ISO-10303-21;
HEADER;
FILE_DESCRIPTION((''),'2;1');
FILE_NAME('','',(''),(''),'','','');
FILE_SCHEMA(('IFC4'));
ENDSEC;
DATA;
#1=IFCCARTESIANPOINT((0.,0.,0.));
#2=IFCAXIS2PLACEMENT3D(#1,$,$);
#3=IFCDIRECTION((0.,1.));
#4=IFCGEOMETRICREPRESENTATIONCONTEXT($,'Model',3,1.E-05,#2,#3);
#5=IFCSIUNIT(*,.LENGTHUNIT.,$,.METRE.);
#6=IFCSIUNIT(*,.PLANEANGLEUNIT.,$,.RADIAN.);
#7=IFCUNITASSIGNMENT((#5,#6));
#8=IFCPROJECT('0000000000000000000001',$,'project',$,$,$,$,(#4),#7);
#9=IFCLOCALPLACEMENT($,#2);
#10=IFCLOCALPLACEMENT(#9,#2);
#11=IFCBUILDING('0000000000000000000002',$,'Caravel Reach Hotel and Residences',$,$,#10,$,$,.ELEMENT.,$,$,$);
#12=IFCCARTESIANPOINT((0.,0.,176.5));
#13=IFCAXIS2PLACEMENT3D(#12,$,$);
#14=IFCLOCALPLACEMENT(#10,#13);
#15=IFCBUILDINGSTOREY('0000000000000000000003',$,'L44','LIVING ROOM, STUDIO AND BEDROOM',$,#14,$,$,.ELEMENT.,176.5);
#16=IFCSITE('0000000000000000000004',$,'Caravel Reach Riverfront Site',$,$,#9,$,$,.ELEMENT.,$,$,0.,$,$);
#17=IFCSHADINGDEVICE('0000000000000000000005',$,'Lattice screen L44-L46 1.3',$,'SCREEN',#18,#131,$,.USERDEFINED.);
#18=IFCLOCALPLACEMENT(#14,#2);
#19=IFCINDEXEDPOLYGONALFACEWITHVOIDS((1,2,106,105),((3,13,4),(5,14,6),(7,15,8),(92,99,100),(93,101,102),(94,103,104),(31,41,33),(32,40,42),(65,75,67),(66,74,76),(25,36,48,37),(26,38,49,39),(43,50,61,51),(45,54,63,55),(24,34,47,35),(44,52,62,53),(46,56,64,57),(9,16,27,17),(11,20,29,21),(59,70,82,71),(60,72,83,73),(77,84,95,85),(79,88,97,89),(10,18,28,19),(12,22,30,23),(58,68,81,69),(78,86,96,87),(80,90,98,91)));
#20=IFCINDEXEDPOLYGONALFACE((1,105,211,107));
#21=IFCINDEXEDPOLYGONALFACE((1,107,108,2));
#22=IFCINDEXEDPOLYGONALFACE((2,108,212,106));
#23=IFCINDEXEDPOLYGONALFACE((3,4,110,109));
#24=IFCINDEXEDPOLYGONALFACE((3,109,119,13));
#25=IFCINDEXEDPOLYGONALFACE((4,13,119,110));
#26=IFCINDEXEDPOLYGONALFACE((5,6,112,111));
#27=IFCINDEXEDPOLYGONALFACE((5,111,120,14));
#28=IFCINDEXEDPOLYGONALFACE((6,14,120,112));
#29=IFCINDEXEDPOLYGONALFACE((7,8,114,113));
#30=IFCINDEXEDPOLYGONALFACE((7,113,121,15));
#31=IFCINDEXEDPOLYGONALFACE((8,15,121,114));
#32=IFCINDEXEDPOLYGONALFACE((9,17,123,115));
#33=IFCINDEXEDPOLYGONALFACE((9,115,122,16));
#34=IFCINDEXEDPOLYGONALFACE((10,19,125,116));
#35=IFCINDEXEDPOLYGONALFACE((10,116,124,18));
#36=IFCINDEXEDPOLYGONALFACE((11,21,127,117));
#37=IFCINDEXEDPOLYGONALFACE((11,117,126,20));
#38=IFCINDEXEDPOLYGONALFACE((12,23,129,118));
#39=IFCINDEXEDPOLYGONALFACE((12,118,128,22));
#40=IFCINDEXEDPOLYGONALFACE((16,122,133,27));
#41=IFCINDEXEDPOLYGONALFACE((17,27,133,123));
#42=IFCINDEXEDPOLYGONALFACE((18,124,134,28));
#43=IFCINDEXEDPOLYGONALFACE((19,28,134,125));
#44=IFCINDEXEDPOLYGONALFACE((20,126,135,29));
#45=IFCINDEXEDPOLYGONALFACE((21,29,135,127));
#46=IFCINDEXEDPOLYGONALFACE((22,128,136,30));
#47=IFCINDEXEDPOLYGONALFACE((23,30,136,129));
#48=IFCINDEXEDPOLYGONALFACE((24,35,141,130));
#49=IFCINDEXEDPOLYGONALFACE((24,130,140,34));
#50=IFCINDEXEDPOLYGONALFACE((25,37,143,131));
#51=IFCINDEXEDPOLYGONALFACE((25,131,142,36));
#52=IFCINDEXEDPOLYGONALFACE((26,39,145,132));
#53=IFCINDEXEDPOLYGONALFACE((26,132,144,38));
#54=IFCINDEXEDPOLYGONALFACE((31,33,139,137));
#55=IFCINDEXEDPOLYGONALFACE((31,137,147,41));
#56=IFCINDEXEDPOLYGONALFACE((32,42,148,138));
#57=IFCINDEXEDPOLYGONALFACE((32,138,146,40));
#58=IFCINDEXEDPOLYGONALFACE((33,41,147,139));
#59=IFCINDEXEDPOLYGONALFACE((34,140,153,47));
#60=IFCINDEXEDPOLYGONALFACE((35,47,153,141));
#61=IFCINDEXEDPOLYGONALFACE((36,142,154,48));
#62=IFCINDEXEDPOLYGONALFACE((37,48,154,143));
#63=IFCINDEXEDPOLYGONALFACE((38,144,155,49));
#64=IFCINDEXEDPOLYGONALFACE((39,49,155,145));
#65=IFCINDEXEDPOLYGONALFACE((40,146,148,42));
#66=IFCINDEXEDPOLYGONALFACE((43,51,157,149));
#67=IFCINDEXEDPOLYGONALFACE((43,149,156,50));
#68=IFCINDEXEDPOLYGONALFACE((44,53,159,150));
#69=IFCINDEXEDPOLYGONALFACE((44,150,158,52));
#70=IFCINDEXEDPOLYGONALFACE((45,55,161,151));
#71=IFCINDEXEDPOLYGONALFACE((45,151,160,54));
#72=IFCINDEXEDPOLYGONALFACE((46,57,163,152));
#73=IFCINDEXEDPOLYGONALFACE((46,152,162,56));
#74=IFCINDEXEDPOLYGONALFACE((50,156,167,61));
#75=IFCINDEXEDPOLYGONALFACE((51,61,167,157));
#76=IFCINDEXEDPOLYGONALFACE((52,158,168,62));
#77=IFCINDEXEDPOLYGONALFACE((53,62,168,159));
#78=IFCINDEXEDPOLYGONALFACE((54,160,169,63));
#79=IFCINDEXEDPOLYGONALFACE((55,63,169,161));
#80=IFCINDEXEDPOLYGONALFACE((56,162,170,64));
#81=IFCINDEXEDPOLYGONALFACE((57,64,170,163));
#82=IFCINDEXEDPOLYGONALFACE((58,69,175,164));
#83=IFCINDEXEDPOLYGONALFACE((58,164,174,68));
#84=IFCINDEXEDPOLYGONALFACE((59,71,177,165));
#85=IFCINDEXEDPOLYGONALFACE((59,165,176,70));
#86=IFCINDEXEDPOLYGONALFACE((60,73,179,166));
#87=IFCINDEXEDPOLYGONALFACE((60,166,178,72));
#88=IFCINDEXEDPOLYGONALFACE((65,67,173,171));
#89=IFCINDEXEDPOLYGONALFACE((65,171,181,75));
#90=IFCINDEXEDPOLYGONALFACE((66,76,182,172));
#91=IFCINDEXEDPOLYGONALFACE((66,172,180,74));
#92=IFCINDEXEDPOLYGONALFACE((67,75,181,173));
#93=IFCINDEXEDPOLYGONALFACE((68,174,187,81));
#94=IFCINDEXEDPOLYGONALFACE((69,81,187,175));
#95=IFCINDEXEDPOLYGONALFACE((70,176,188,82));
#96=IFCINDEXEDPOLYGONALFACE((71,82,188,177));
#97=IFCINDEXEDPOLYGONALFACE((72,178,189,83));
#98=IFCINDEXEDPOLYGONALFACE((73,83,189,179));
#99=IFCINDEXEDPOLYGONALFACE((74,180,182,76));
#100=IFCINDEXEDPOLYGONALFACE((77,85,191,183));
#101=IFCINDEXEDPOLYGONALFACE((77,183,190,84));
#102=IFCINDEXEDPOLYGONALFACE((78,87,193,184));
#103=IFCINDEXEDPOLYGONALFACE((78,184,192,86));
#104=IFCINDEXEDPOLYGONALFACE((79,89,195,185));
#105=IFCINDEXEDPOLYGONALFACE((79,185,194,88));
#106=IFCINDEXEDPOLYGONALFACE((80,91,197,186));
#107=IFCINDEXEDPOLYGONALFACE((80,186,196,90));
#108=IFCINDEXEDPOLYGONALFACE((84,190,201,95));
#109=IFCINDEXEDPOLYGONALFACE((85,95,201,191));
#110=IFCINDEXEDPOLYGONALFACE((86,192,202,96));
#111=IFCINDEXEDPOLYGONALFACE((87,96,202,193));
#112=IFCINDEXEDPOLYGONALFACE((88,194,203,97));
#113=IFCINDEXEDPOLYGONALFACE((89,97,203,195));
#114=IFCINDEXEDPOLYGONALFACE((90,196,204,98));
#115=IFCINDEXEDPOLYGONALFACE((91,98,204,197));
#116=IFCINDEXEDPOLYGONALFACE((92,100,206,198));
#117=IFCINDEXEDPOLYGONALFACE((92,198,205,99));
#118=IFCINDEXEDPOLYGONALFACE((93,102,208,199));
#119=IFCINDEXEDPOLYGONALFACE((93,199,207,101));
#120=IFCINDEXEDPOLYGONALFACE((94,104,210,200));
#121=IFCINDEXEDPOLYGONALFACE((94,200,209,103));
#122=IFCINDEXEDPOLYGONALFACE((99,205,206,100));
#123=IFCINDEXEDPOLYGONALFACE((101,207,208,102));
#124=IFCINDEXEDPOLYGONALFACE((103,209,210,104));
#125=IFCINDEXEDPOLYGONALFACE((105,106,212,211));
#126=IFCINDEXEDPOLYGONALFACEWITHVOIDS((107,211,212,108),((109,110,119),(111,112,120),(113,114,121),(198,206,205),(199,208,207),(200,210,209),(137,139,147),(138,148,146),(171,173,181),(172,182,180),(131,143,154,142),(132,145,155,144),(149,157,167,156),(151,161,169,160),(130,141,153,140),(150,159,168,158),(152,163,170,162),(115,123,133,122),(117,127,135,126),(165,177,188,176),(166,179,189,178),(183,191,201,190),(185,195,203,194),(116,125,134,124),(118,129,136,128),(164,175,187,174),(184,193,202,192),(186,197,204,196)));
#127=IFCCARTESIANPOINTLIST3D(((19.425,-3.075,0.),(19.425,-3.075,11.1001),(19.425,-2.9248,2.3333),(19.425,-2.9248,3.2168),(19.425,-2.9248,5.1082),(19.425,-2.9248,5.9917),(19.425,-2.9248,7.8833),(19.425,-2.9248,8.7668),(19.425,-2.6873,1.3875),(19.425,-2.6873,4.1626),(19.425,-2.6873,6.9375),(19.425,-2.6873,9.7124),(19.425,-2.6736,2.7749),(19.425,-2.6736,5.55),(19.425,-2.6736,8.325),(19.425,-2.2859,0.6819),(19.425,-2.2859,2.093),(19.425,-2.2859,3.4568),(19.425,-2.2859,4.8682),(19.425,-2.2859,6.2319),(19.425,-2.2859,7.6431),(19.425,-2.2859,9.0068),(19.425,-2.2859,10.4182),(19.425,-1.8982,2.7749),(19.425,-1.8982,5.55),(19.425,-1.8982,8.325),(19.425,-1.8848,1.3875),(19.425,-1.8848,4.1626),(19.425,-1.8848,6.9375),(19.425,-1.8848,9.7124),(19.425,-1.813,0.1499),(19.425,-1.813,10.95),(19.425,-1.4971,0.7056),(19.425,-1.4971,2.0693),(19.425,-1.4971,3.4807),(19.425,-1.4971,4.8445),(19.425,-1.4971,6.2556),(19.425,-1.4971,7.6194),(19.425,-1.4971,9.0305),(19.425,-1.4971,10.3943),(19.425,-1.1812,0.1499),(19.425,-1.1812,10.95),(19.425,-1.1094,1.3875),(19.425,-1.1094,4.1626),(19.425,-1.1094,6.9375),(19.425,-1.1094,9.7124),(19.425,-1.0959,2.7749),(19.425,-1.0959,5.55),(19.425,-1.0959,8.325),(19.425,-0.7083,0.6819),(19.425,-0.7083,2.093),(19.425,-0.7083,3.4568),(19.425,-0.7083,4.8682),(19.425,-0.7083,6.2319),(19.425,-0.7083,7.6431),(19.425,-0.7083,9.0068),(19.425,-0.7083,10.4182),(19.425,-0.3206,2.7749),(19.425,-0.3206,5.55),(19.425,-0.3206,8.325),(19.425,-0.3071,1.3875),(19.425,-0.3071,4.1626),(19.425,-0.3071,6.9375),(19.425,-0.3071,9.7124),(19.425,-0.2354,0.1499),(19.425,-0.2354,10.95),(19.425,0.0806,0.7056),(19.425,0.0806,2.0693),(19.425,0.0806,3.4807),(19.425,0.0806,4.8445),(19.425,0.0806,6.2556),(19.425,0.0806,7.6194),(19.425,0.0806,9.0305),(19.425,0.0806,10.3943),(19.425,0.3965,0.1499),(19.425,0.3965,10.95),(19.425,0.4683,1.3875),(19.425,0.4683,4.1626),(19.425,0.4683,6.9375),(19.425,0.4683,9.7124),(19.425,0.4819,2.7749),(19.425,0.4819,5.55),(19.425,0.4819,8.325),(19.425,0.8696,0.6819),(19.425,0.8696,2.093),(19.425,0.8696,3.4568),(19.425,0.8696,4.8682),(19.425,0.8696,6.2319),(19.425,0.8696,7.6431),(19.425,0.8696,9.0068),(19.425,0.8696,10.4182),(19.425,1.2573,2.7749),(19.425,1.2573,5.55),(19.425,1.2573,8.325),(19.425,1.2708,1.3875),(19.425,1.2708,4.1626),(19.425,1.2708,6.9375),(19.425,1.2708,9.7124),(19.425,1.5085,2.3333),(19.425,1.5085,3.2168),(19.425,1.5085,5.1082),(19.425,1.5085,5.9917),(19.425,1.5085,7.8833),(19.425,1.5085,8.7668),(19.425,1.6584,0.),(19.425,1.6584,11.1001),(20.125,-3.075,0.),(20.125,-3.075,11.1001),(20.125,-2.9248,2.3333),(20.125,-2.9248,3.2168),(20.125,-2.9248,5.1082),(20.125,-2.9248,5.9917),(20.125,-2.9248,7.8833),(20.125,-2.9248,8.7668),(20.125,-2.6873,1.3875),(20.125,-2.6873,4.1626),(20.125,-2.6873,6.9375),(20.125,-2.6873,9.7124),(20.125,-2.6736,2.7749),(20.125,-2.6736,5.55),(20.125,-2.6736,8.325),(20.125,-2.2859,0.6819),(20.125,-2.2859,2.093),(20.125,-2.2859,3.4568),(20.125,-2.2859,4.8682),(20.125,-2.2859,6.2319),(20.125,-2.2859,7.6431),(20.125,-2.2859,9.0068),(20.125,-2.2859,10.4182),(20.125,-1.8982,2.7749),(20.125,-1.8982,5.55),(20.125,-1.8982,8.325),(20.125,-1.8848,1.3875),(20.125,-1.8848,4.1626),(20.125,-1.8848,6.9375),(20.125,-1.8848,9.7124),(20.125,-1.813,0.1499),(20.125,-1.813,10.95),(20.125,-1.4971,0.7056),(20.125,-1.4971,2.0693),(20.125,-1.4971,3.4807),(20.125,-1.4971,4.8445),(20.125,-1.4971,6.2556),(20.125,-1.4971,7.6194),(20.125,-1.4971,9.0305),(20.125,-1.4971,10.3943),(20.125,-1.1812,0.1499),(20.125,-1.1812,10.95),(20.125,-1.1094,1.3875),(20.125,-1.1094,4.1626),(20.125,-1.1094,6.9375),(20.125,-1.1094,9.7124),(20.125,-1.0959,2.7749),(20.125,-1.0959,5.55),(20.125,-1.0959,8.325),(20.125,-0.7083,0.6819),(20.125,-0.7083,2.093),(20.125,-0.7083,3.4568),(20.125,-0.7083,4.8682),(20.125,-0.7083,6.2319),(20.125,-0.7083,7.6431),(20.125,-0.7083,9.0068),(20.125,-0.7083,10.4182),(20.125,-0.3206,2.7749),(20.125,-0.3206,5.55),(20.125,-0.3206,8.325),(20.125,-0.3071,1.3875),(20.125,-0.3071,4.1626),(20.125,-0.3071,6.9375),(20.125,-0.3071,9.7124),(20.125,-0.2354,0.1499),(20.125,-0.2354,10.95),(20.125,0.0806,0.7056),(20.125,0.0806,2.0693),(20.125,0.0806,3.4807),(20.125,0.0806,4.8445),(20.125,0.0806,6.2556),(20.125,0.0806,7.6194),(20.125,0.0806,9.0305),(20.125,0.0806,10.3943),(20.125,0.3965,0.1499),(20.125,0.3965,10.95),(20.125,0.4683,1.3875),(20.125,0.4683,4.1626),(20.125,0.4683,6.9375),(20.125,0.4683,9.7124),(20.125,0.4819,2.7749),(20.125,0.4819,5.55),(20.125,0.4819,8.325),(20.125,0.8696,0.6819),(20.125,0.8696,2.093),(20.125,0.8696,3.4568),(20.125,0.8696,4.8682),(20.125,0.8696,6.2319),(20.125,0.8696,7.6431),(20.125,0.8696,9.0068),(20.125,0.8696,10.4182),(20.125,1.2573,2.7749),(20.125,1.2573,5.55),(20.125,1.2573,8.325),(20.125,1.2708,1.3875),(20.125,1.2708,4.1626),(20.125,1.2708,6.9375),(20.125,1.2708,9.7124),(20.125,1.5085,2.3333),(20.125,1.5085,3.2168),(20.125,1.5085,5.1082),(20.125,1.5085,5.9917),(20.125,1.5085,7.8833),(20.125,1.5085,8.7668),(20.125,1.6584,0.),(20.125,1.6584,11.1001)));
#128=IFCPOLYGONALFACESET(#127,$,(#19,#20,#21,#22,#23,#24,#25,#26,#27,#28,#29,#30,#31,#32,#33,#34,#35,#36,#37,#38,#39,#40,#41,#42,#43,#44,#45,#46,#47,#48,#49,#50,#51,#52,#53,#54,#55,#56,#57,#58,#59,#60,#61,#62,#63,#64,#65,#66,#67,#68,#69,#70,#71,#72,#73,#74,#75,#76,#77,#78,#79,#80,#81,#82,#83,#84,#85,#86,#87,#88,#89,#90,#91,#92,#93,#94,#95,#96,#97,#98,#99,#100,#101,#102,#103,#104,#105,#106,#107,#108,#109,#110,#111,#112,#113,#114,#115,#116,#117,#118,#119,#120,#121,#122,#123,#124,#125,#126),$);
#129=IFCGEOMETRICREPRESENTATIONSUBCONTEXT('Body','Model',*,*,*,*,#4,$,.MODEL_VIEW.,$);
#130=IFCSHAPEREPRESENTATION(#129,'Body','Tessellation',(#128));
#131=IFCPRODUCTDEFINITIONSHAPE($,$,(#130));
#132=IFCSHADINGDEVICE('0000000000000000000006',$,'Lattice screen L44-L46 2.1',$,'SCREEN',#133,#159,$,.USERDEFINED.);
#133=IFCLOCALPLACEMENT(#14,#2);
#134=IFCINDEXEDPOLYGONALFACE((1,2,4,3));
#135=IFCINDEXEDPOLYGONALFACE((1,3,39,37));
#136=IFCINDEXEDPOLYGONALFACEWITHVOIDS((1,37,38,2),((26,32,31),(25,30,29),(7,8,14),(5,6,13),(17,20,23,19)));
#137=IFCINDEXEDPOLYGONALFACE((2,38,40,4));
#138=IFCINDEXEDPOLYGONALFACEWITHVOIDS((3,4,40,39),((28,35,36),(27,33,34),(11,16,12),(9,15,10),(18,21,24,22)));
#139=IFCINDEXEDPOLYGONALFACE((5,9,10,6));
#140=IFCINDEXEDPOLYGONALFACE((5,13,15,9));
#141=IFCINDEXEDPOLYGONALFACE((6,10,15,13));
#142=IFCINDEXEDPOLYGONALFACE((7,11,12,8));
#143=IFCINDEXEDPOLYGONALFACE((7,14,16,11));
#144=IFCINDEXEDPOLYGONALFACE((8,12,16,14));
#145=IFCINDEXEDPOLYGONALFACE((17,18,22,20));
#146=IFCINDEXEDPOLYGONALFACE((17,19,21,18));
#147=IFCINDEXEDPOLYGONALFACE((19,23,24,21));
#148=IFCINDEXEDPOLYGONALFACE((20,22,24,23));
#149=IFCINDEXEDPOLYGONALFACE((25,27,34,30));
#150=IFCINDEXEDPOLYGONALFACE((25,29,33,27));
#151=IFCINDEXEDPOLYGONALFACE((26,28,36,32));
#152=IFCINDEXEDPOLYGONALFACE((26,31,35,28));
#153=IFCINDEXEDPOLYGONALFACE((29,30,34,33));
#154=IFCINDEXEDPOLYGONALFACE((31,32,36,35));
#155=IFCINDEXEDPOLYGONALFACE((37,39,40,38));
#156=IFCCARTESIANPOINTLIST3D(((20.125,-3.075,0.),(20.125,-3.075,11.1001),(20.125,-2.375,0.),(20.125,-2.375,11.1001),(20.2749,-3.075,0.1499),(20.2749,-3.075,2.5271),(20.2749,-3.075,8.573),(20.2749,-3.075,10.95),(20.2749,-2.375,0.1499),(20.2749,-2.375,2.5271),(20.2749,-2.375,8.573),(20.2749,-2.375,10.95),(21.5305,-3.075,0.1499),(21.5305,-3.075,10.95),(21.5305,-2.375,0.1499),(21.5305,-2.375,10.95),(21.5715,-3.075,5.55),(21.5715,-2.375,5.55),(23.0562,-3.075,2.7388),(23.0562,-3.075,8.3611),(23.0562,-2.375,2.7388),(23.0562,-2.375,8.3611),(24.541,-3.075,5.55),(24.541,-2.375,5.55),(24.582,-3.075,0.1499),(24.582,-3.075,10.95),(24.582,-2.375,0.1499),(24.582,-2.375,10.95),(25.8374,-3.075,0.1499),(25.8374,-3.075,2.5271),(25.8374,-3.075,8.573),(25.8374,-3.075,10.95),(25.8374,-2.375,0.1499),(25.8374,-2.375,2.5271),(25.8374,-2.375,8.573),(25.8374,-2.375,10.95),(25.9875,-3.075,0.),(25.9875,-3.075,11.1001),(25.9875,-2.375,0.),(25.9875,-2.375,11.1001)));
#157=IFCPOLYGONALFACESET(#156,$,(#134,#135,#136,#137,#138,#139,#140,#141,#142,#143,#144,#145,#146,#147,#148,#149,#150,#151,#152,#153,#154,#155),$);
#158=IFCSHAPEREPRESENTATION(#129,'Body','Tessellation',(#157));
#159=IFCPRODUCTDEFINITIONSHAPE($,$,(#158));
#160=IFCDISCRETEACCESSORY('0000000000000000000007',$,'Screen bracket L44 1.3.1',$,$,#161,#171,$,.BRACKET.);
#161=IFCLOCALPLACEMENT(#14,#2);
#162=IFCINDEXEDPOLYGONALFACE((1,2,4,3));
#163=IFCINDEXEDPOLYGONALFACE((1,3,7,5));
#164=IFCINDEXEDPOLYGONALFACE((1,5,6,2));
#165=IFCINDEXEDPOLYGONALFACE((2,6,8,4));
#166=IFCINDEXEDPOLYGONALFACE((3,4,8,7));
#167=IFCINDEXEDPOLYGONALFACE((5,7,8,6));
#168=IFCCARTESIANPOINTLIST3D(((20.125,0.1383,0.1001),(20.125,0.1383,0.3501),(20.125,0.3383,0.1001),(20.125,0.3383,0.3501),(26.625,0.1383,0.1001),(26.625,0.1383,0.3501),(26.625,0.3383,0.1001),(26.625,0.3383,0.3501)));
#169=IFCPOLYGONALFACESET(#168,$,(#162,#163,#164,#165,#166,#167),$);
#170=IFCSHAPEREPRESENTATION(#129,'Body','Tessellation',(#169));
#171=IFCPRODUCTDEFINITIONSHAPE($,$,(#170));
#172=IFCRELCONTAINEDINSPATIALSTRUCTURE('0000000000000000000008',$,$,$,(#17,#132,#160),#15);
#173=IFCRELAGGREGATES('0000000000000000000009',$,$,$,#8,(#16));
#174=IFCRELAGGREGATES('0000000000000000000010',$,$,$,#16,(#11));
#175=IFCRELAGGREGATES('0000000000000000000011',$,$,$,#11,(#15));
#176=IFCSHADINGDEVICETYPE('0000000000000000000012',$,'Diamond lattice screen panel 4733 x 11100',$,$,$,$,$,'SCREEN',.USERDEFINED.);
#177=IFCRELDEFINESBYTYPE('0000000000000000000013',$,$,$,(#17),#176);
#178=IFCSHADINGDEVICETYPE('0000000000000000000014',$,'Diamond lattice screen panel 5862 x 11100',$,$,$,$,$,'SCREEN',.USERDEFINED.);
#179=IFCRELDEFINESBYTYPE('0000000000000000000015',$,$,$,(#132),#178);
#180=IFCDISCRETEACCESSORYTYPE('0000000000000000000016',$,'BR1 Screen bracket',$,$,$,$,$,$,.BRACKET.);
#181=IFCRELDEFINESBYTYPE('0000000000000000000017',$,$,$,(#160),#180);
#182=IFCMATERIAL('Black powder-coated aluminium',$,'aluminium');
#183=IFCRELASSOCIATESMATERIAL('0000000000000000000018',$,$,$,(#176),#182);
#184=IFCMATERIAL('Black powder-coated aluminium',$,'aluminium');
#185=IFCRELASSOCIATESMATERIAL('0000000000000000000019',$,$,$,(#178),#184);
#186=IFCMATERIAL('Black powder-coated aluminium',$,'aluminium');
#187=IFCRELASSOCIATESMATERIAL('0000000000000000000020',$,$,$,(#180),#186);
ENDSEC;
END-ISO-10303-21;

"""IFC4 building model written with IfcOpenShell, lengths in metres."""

from ifc_helpers import new_model, si_unit, direction, frame, origin, origin_2d, place, context, subcontext, project, spatial, polyline, rectangle, outline, extrude, material, type_object, element, save


model = new_model("IFC4")

# Units and contexts
model_context = context("Model", 3, precision=1e-05, world=origin(), true_north=direction((0.0, 1.0)))
body_context = subcontext(model_context, "Body", "Model", "MODEL_VIEW")
ifc_project = project(units=[si_unit("LENGTHUNIT", "METRE"), si_unit("PLANEANGLEUNIT", "RADIAN")], contexts=[model_context])

# Site, building, storey
site_placement = place(None, origin())
site = spatial("IfcSite", under=ifc_project, at=site_placement, Name="Caravel Reach Riverfront Site", CompositionType="ELEMENT", RefElevation=0.0)
building_placement = place(site_placement, origin())
building = spatial("IfcBuilding", under=site, at=building_placement, Name="Caravel Reach Hotel and Residences", CompositionType="ELEMENT")
storey_placement = place(building_placement, frame((0.0, 0.0, 176.5)))
storey = spatial("IfcBuildingStorey", under=building, at=storey_placement, Name="L44", Description="LIVING ROOM, STUDIO AND BEDROOM", CompositionType="ELEMENT", Elevation=176.5)

# Shading devices
ifc_material_1 = material(Name="Black powder-coated aluminium", Category="aluminium")
shading_device_type_1 = type_object("IfcShadingDeviceType", Name="Diamond lattice screen panel 4733 x 11100", ElementType="SCREEN", PredefinedType="USERDEFINED", material=ifc_material_1)
shading_device_1_placement = place(storey_placement, frame((20.125, 1.6584, 0.0), z_axis=(-1.0, 0.0, 0.0), x_axis=(0.0, -1.0, 0.0)))
element("IfcShadingDevice", 1, at=shading_device_1_placement, inside=storey, type_object=shading_device_type_1, Name="Lattice screen L44-L46 1.3", ObjectType="SCREEN", PredefinedType="USERDEFINED", context=body_context, shape_type="SweptSolid", body=[
    extrude(outline(polyline([(0.0, 0.0), (4.7334, 0.0), (4.7334, 11.1001), (0.0, 11.1001), (0.0, 0.0)]), holes=[polyline([(0.4011, 2.7749), (0.1499, 3.2168), (0.1499, 2.3333), (0.4011, 2.7749)]), polyline([(0.4011, 5.55), (0.1499, 5.9917), (0.1499, 5.1082), (0.4011, 5.55)]), polyline([(0.4011, 8.325), (0.1499, 8.7668), (0.1499, 7.8833), (0.4011, 8.325)]), polyline([(0.7888, 2.093), (0.3877, 1.3875), (0.7888, 0.6819), (1.1902, 1.3875), (0.7888, 2.093)]), polyline([(0.7888, 4.8682), (0.3877, 4.1626), (0.7888, 3.4568), (1.1902, 4.1626), (0.7888, 4.8682)]), polyline([(0.7888, 7.6431), (0.3877, 6.9375), (0.7888, 6.2319), (1.1902, 6.9375), (0.7888, 7.6431)]), polyline([(0.7888, 10.4182), (0.3877, 9.7124), (0.7888, 9.0068), (1.1902, 9.7124), (0.7888, 10.4182)]), polyline([(1.5779, 0.7056), (1.262, 0.1499), (1.8938, 0.1499), (1.5779, 0.7056)]), polyline([(1.5779, 3.4807), (1.1765, 2.7749), (1.5779, 2.0693), (1.979, 2.7749), (1.5779, 3.4807)]), polyline([(1.5779, 6.2556), (1.1765, 5.55), (1.5779, 4.8445), (1.979, 5.55), (1.5779, 6.2556)]), polyline([(1.5779, 9.0305), (1.1765, 8.325), (1.5779, 7.6194), (1.979, 8.325), (1.5779, 9.0305)]), polyline([(1.5779, 10.3943), (1.8938, 10.95), (1.262, 10.95), (1.5779, 10.3943)]), polyline([(2.3667, 2.093), (1.9656, 1.3875), (2.3667, 0.6819), (2.7678, 1.3875), (2.3667, 2.093)]), polyline([(2.3667, 4.8682), (1.9656, 4.1626), (2.3667, 3.4568), (2.7678, 4.1626), (2.3667, 4.8682)]), polyline([(2.3667, 7.6431), (1.9656, 6.9375), (2.3667, 6.2319), (2.7678, 6.9375), (2.3667, 7.6431)]), polyline([(2.3667, 10.4182), (1.9656, 9.7124), (2.3667, 9.0068), (2.7678, 9.7124), (2.3667, 10.4182)]), polyline([(3.1555, 0.7056), (2.8396, 0.1499), (3.4714, 0.1499), (3.1555, 0.7056)]), polyline([(3.1555, 3.4807), (2.7544, 2.7749), (3.1555, 2.0693), (3.5566, 2.7749), (3.1555, 3.4807)]), polyline([(3.1555, 6.2556), (2.7544, 5.55), (3.1555, 4.8445), (3.5566, 5.55), (3.1555, 6.2556)]), polyline([(3.1555, 9.0305), (2.7544, 8.325), (3.1555, 7.6194), (3.5566, 8.325), (3.1555, 9.0305)]), polyline([(3.1555, 10.3943), (3.4714, 10.95), (2.8396, 10.95), (3.1555, 10.3943)]), polyline([(3.9443, 2.093), (3.5432, 1.3875), (3.9443, 0.6819), (4.3457, 1.3875), (3.9443, 2.093)]), polyline([(3.9443, 4.8682), (3.5432, 4.1626), (3.9443, 3.4568), (4.3457, 4.1626), (3.9443, 4.8682)]), polyline([(3.9443, 7.6431), (3.5432, 6.9375), (3.9443, 6.2319), (4.3457, 6.9375), (3.9443, 7.6431)]), polyline([(3.9443, 10.4182), (3.5432, 9.7124), (3.9443, 9.0068), (4.3457, 9.7124), (3.9443, 10.4182)]), polyline([(4.332, 2.7749), (4.5833, 2.3333), (4.5833, 3.2168), (4.332, 2.7749)]), polyline([(4.332, 5.55), (4.5833, 5.1082), (4.5833, 5.9917), (4.332, 5.55)]), polyline([(4.332, 8.325), (4.5833, 7.8833), (4.5833, 8.7668), (4.332, 8.325)])]), origin(), (0.0, 0.0, 1.0), 0.7),
])
ifc_material_2 = material(Name="Black powder-coated aluminium", Category="aluminium")
shading_device_type_2 = type_object("IfcShadingDeviceType", Name="Diamond lattice screen panel 5862 x 11100", ElementType="SCREEN", PredefinedType="USERDEFINED", material=ifc_material_2)
shading_device_2_placement = place(storey_placement, frame((20.125, -2.375, 0.0), z_axis=(0.0, -1.0, 0.0), x_axis=(1.0, 0.0, 0.0)))
element("IfcShadingDevice", 2, at=shading_device_2_placement, inside=storey, type_object=shading_device_type_2, Name="Lattice screen L44-L46 2.1", ObjectType="SCREEN", PredefinedType="USERDEFINED", context=body_context, shape_type="SweptSolid", body=[
    extrude(outline(polyline([(0.0, 0.0), (5.8625, 0.0), (5.8625, 11.1001), (0.0, 11.1001), (0.0, 0.0)]), holes=[polyline([(1.4055, 0.1499), (0.1499, 2.5271), (0.1499, 0.1499), (1.4055, 0.1499)]), polyline([(0.1499, 8.573), (1.4055, 10.95), (0.1499, 10.95), (0.1499, 8.573)]), polyline([(2.9312, 8.3611), (1.4465, 5.55), (2.9312, 2.7388), (4.416, 5.55), (2.9312, 8.3611)]), polyline([(5.7124, 2.5271), (4.457, 0.1499), (5.7124, 0.1499), (5.7124, 2.5271)]), polyline([(4.457, 10.95), (5.7124, 8.573), (5.7124, 10.95), (4.457, 10.95)])]), origin(), (0.0, 0.0, 1.0), 0.7),
])

# Discrete accessory
ifc_material_3 = material(Name="Black powder-coated aluminium", Category="aluminium")
discrete_accessory_type = type_object("IfcDiscreteAccessoryType", Name="BR1 Screen bracket", PredefinedType="BRACKET", material=ifc_material_3)
for number, where, z_axis, x_axis, name in (
    (3, (23.375, 0.2383, 0.1001), (0.0, 0.0, 1.0), (-1.0, 0.0, 0.0), "Screen bracket L44 1.3.1"),
):
    element("IfcDiscreteAccessory", number, at=place(storey_placement, frame(where, z_axis=z_axis, x_axis=x_axis)), inside=storey, type_object=discrete_accessory_type, Name=name, PredefinedType="BRACKET", context=body_context, shape_type="SweptSolid", body=[
        extrude(rectangle(XDim=6.5, YDim=0.2, at=origin_2d()), origin(), (0.0, 0.0, 1.0), 0.25),
    ])

save(model, "model.ifc")
